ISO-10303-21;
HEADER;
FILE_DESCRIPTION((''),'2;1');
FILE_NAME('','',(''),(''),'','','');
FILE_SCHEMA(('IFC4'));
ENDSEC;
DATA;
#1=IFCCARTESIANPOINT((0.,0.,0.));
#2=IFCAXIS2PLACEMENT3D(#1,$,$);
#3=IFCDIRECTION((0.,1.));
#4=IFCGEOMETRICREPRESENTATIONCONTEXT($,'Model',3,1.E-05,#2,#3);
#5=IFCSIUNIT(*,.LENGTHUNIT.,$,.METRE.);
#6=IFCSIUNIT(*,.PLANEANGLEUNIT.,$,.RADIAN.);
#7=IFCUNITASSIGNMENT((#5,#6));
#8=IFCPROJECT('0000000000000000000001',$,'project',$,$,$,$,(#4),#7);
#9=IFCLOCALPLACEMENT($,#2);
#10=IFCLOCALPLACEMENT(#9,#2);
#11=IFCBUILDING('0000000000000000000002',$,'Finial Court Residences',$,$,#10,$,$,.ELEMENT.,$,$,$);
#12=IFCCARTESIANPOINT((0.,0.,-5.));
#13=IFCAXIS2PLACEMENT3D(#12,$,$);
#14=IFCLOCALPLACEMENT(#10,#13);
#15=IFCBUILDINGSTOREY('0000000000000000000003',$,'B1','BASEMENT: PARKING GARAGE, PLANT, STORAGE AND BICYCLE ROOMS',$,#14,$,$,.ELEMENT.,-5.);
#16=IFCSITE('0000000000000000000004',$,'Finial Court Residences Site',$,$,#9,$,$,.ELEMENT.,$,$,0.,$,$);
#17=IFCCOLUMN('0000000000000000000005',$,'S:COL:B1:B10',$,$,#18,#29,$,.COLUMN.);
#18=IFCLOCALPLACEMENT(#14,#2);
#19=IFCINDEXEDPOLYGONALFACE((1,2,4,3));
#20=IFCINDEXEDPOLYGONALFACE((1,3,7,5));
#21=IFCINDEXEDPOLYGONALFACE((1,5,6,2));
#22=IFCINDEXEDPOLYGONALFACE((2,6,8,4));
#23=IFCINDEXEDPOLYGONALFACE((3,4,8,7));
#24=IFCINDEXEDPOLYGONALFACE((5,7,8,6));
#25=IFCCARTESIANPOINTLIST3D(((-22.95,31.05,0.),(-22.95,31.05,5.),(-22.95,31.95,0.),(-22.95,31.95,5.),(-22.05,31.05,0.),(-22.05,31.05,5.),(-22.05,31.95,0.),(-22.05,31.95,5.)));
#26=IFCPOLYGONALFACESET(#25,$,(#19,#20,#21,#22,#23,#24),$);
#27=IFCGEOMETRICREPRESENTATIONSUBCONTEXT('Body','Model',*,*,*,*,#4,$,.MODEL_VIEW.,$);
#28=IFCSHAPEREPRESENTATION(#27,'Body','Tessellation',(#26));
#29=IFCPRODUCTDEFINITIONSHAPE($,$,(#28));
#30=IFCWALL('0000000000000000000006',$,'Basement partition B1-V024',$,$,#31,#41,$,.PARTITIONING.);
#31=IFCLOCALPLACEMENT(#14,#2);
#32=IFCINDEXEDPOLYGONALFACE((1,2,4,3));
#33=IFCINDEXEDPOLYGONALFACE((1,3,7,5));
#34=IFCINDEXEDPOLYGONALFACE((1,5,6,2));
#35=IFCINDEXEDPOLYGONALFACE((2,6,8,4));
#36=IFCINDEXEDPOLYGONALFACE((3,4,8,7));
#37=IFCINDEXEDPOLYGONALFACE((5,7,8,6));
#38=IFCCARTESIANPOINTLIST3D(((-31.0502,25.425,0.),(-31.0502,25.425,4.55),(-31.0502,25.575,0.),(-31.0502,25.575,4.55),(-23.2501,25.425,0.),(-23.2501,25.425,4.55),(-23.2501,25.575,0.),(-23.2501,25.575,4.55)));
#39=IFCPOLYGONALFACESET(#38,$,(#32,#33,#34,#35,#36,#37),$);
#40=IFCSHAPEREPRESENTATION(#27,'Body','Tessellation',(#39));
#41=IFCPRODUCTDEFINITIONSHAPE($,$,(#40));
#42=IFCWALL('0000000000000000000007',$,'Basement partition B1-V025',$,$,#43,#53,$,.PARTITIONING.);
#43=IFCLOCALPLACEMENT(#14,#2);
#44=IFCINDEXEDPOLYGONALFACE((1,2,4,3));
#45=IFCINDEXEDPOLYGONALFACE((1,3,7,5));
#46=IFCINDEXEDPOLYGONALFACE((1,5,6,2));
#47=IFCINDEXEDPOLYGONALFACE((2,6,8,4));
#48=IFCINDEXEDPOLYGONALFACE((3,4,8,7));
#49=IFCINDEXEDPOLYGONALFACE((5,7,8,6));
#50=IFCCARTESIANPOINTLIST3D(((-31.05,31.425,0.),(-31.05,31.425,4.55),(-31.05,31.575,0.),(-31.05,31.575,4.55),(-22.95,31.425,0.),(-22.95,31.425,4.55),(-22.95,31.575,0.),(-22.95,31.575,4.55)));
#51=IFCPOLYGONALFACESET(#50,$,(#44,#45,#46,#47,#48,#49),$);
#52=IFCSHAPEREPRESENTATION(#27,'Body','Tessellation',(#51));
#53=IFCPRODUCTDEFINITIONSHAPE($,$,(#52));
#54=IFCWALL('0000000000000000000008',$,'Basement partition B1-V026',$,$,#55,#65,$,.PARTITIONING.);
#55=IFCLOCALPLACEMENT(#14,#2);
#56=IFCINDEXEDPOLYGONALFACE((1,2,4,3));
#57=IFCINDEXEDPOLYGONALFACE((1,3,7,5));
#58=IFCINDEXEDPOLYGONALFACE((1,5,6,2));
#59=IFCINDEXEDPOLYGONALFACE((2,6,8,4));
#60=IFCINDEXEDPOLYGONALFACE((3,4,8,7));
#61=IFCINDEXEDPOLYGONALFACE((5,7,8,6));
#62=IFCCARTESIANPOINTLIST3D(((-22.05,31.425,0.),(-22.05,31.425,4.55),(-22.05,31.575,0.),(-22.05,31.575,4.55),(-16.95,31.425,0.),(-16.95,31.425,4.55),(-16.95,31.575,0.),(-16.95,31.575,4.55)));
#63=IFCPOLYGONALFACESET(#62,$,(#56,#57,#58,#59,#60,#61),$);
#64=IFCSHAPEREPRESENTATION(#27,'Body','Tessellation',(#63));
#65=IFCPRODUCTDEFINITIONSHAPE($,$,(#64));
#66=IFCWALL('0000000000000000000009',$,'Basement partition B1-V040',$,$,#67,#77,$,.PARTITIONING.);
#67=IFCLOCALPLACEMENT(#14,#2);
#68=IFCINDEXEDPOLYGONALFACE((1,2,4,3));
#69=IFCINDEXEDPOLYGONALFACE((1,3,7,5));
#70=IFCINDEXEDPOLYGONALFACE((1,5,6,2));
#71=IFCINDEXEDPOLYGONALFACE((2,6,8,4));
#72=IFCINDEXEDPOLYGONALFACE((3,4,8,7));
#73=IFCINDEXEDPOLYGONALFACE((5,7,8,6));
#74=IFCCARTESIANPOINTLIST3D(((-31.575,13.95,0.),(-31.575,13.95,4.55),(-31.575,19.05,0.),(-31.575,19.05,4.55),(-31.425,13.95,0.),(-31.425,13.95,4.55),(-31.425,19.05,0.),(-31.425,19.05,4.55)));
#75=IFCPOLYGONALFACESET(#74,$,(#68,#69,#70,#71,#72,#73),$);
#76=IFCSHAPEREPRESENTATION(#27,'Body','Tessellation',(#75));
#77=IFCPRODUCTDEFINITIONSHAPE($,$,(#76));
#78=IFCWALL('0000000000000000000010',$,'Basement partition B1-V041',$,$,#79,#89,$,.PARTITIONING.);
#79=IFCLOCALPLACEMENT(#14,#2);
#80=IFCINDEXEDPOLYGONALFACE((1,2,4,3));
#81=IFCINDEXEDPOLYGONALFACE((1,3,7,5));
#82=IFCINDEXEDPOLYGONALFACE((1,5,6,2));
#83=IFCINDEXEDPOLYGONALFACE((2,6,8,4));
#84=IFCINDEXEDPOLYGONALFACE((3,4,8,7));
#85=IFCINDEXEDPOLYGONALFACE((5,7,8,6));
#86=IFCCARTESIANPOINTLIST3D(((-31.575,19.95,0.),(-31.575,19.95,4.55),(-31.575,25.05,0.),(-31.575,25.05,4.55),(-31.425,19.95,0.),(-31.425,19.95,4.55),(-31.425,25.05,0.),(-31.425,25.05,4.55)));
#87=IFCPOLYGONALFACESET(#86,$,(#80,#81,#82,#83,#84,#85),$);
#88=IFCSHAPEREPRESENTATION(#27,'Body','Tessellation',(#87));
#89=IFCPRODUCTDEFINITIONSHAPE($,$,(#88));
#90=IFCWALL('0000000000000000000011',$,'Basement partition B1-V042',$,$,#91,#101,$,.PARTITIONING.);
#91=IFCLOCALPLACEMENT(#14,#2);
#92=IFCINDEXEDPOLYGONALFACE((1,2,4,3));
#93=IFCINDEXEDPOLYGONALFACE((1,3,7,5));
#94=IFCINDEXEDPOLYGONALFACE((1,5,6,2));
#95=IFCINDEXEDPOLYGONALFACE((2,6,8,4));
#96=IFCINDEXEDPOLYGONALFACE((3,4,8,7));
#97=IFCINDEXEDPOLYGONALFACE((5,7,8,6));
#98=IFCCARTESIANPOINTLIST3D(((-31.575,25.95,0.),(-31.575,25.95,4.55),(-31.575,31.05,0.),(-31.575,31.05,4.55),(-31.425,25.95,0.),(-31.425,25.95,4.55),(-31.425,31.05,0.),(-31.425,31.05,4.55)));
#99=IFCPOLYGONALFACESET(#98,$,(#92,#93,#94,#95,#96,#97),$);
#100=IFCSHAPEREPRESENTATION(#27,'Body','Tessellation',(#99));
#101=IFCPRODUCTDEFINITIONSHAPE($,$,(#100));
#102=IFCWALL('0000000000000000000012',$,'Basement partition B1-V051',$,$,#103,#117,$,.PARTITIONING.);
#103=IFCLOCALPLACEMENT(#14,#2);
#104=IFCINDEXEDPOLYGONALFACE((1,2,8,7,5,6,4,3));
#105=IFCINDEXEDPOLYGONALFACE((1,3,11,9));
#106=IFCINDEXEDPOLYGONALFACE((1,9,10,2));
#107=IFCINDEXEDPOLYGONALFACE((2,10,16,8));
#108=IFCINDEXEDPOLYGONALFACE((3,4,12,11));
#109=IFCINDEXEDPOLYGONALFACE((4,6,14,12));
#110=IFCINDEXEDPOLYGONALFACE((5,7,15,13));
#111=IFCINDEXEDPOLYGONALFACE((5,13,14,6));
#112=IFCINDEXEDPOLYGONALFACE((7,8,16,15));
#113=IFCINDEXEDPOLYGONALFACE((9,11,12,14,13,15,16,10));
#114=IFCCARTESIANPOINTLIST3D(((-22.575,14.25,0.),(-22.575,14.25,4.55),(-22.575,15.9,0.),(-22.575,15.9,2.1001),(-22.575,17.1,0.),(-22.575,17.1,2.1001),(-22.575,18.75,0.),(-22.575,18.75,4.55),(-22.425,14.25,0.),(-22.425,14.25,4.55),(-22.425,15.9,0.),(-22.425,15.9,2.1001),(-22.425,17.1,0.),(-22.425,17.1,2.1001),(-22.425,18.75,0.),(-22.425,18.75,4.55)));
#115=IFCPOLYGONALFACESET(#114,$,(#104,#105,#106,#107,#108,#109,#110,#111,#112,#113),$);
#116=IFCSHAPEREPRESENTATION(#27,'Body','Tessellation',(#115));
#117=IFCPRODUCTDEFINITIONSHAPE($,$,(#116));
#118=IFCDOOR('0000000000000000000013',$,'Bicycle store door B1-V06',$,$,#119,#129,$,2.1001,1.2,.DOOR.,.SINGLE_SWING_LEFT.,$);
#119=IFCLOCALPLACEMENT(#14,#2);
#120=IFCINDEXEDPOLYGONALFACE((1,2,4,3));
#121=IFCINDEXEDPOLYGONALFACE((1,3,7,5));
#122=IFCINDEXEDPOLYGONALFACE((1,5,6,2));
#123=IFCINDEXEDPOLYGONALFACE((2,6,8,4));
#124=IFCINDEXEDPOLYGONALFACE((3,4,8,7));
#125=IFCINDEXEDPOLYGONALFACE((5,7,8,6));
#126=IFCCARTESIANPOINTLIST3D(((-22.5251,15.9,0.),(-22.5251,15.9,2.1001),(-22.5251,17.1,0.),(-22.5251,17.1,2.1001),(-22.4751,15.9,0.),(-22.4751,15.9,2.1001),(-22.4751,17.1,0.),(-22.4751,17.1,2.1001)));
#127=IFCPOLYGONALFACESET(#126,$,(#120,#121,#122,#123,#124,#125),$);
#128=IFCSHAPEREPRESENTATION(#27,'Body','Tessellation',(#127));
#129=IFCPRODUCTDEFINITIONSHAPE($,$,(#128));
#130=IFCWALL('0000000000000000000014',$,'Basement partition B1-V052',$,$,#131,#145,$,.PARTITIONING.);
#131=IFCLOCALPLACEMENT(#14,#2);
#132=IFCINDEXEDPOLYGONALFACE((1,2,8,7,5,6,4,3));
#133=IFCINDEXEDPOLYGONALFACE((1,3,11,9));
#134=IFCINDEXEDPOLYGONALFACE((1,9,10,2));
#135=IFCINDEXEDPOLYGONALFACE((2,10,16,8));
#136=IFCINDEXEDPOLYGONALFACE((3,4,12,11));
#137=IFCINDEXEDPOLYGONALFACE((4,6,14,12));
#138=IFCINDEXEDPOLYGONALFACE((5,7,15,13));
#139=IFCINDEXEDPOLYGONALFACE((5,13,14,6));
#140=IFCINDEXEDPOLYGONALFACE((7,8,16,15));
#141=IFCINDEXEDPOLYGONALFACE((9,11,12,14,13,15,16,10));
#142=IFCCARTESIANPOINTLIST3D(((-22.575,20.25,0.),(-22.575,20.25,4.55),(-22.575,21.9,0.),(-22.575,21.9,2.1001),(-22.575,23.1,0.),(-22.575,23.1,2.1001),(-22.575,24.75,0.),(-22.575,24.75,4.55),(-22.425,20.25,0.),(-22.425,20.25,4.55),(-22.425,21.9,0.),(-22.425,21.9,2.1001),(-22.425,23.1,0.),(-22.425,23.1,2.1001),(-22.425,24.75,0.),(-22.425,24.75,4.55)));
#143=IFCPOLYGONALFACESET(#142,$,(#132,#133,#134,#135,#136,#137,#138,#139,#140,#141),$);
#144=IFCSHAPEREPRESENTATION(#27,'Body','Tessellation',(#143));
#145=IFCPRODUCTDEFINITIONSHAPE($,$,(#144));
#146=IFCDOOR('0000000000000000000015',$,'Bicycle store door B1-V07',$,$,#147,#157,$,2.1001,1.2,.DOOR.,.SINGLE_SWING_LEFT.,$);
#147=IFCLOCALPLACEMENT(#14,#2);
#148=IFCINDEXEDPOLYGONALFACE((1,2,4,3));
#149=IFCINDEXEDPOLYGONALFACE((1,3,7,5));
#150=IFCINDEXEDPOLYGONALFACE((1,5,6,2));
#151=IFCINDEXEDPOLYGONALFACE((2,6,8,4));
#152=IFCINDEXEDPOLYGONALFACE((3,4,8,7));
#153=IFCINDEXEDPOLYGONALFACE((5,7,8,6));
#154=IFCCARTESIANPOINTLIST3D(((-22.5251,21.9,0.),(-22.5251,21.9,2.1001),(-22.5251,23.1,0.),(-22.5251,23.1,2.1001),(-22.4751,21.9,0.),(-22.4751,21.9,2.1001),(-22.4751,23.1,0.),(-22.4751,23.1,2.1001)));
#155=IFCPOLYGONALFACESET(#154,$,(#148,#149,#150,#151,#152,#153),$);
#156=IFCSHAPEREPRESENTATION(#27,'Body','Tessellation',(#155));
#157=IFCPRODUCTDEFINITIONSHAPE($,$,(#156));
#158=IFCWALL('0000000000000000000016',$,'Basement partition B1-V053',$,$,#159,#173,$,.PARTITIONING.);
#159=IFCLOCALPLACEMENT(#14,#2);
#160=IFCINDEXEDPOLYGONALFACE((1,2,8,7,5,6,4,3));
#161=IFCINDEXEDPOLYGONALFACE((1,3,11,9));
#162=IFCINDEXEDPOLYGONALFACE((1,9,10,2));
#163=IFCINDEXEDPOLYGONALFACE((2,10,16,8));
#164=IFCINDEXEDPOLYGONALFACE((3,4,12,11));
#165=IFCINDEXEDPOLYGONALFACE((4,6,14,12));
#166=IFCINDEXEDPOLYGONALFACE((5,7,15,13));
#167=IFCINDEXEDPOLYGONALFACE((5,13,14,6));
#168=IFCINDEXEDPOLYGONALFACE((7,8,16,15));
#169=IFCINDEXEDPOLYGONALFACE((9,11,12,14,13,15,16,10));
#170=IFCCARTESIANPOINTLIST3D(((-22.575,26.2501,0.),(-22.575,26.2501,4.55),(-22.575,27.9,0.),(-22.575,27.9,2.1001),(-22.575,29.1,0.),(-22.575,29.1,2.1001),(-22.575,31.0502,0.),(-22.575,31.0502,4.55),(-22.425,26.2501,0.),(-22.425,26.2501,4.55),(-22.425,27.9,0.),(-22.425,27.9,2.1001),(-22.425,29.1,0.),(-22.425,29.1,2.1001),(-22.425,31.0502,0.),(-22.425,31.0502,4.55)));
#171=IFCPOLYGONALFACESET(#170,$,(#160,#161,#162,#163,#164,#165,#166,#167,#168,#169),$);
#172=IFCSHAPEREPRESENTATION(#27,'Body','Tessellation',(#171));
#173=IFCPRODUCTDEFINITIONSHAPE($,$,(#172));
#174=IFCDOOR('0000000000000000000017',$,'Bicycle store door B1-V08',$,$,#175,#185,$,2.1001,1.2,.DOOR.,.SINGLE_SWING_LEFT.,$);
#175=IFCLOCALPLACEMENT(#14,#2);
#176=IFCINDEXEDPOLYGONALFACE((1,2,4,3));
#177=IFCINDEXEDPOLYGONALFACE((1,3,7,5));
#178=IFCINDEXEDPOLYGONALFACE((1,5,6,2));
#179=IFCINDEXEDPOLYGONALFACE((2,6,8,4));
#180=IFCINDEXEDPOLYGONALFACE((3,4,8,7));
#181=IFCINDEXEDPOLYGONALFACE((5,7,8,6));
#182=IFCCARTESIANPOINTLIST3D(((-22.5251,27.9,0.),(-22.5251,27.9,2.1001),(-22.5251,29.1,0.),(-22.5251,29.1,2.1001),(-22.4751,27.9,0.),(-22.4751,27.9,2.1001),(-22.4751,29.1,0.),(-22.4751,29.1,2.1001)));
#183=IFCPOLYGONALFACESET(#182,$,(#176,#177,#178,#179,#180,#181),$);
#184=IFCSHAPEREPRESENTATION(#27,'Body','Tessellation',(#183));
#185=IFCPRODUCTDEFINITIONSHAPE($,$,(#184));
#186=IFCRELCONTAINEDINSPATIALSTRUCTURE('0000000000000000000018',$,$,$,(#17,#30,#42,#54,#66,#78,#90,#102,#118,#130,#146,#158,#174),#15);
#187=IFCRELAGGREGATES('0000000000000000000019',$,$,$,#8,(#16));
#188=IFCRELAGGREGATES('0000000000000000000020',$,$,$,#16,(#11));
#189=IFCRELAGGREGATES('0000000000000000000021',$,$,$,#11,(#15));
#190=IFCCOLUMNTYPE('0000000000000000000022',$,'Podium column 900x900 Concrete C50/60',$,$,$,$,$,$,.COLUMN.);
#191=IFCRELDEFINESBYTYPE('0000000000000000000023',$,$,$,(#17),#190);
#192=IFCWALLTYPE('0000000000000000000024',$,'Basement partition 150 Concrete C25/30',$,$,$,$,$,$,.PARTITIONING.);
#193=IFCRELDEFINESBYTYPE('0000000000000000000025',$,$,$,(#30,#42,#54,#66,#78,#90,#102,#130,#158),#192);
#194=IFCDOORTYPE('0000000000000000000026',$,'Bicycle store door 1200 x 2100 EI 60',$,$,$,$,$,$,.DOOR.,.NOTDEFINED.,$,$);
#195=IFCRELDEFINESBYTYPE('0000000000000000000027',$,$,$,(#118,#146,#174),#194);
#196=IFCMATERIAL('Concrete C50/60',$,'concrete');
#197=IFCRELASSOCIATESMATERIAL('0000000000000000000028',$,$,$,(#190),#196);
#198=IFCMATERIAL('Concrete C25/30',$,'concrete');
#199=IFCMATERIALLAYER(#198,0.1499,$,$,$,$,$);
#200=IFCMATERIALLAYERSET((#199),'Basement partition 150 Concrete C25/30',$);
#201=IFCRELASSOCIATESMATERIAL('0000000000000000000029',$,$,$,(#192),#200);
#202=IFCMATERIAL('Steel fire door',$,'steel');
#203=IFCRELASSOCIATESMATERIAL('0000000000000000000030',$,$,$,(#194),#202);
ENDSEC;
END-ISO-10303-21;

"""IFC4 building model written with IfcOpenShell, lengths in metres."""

from ifc_helpers import new_model, si_unit, direction, frame, frame_2d, origin, origin_2d, place, context, subcontext, project, spatial, rectangle, extrude, material, layer, layer_set, material_profile, profile_set, type_object, element, fill, save


model = new_model("IFC4")

# Units and contexts
model_context = context("Model", 3, precision=1e-05, world=origin(), true_north=direction((0.0, 1.0)))
body_context = subcontext(model_context, "Body", "Model", "MODEL_VIEW")
ifc_project = project(units=[si_unit("LENGTHUNIT", "METRE"), si_unit("PLANEANGLEUNIT", "RADIAN")], contexts=[model_context])

# Site, building, storey
site_placement = place(None, origin())
site = spatial("IfcSite", under=ifc_project, at=site_placement, Name="Finial Court Residences Site", CompositionType="ELEMENT", RefElevation=0.0)
building_placement = place(site_placement, origin())
building = spatial("IfcBuilding", under=site, at=building_placement, Name="Finial Court Residences", CompositionType="ELEMENT")
storey_placement = place(building_placement, frame((0.0, 0.0, -5.0)))
storey = spatial("IfcBuildingStorey", under=building, at=storey_placement, Name="B1", Description="BASEMENT: PARKING GARAGE, PLANT, STORAGE AND BICYCLE ROOMS", CompositionType="ELEMENT", Elevation=-5.0)

# Column
ifc_material_1 = material(Name="Concrete C50/60", Category="concrete")
ifc_material_profile_1 = material_profile(ifc_material_1, rectangle(XDim=0.8999, YDim=0.8999, at=origin_2d()), Name="900x900")
ifc_profile_set_1 = profile_set([ifc_material_profile_1], Name="Concrete C50/60")
column_type_1 = type_object("IfcColumnType", Name="Podium column 900x900 Concrete C50/60", PredefinedType="COLUMN", material=ifc_profile_set_1)
for number, where, z_axis, x_axis, name in (
    (1, (-22.5, 31.5, 0.0), (0.0, 0.0, 1.0), (1.0, 0.0, 0.0), "S:COL:B1:B10"),
):
    element("IfcColumn", number, at=place(storey_placement, frame(where, z_axis=z_axis, x_axis=x_axis)), inside=storey, type_object=column_type_1, Name=name, PredefinedType="COLUMN", context=body_context, shape_type="SweptSolid", body=[
        extrude(rectangle(XDim=0.8999, YDim=0.8999, at=origin_2d()), origin(), (0.0, 0.0, 1.0), 5.0),
    ])

# Walls
ifc_material_2 = material(Name="Concrete C25/30", Category="concrete")
ifc_layer_1 = layer(ifc_material_2, 0.1499)
ifc_layer_set_1 = layer_set([ifc_layer_1], Name="Basement partition 150 Concrete C25/30")
wall_type_1 = type_object("IfcWallType", Name="Basement partition 150 Concrete C25/30", PredefinedType="PARTITIONING", material=ifc_layer_set_1)
wall_1_placement = place(storey_placement, frame((-31.05, 25.5, 0.0), z_axis=(0.0, 0.0, 1.0), x_axis=(1.0, 0.0, 0.0)))
element("IfcWall", 2, at=wall_1_placement, inside=storey, type_object=wall_type_1, Name="Basement partition B1-V024", PredefinedType="PARTITIONING", context=body_context, shape_type="SweptSolid", body=[
    extrude(rectangle(XDim=7.8, YDim=0.1499, at=frame_2d((3.8999, 0.0))), origin(), (0.0, 0.0, 1.0), 4.55),
])
wall_2_placement = place(storey_placement, frame((-31.05, 31.5, 0.0), z_axis=(0.0, 0.0, 1.0), x_axis=(1.0, 0.0, 0.0)))
element("IfcWall", 3, at=wall_2_placement, inside=storey, type_object=wall_type_1, Name="Basement partition B1-V025", PredefinedType="PARTITIONING", context=body_context, shape_type="SweptSolid", body=[
    extrude(rectangle(XDim=8.1001, YDim=0.1499, at=frame_2d((4.05, 0.0))), origin(), (0.0, 0.0, 1.0), 4.55),
])
for number, where, z_axis, x_axis, name in (
    (4, (-22.05, 31.5, 0.0), (0.0, 0.0, 1.0), (1.0, 0.0, 0.0), "Basement partition B1-V026"),
    (5, (-31.5, 13.95, 0.0), (0.0, 0.0, 1.0), (0.0, 1.0, 0.0), "Basement partition B1-V040"),
    (6, (-31.5, 19.95, 0.0), (0.0, 0.0, 1.0), (0.0, 1.0, 0.0), "Basement partition B1-V041"),
    (7, (-31.5, 25.95, 0.0), (0.0, 0.0, 1.0), (0.0, 1.0, 0.0), "Basement partition B1-V042"),
):
    element("IfcWall", number, at=place(storey_placement, frame(where, z_axis=z_axis, x_axis=x_axis)), inside=storey, type_object=wall_type_1, Name=name, PredefinedType="PARTITIONING", context=body_context, shape_type="SweptSolid", body=[
        extrude(rectangle(XDim=5.1001, YDim=0.1499, at=frame_2d((2.55, 0.0))), origin(), (0.0, 0.0, 1.0), 4.55),
    ])

# Walls, openings, doors
wall_3_placement = place(storey_placement, frame((-22.5, 18.75, 0.0), z_axis=(0.0, 0.0, 1.0), x_axis=(0.0, -1.0, 0.0)))
wall_3 = element("IfcWall", 8, at=wall_3_placement, inside=storey, type_object=wall_type_1, Name="Basement partition B1-V051", PredefinedType="PARTITIONING", context=body_context, shape_type="SweptSolid", body=[
    extrude(rectangle(XDim=4.5, YDim=0.1499, at=frame_2d((2.25, 0.0))), origin(), (0.0, 0.0, 1.0), 4.55),
])
opening_1_placement = place(wall_3_placement, frame((1.6499, 0.0, 0.0)))
opening_1 = element("IfcOpeningElement", 9, at=opening_1_placement, cuts=wall_3, PredefinedType="OPENING", context=body_context, shape_type="SweptSolid", body=[
    extrude(rectangle(XDim=1.2, YDim=2.1001, at=frame_2d((0.6001, 1.05))), frame((0.0, 0.085, 0.0), z_axis=(0.0, -1.0, 0.0), x_axis=(1.0, 0.0, 0.0)), (0.0, 0.0, 1.0), 0.1699),
])
ifc_material_3 = material(Name="Steel fire door", Category="steel")
door_type = type_object("IfcDoorType", Name="Bicycle store door 1200 x 2100 EI 60", OperationType="NOTDEFINED", PredefinedType="DOOR", material=ifc_material_3)
door_1_placement = place(opening_1_placement, origin())
door_1 = element("IfcDoor", 10, at=door_1_placement, inside=storey, type_object=door_type, Name="Bicycle store door B1-V06", OperationType="SINGLE_SWING_LEFT", OverallHeight=2.1001, OverallWidth=1.2, PredefinedType="DOOR", context=body_context, shape_type="SweptSolid", body=[
    extrude(rectangle(XDim=1.2, YDim=2.1001, at=frame_2d((0.6001, 1.05))), frame((0.0, 0.0249, 0.0), z_axis=(0.0, -1.0, 0.0), x_axis=(1.0, 0.0, 0.0)), (0.0, 0.0, 1.0), 0.05),
])
fill(opening_1, door_1)
wall_4_placement = place(storey_placement, frame((-22.5, 24.75, 0.0), z_axis=(0.0, 0.0, 1.0), x_axis=(0.0, -1.0, 0.0)))
wall_4 = element("IfcWall", 11, at=wall_4_placement, inside=storey, type_object=wall_type_1, Name="Basement partition B1-V052", PredefinedType="PARTITIONING", context=body_context, shape_type="SweptSolid", body=[
    extrude(rectangle(XDim=4.5, YDim=0.1499, at=frame_2d((2.25, 0.0))), origin(), (0.0, 0.0, 1.0), 4.55),
])
opening_2_placement = place(wall_4_placement, frame((1.6499, 0.0, 0.0)))
opening_2 = element("IfcOpeningElement", 12, at=opening_2_placement, cuts=wall_4, PredefinedType="OPENING", context=body_context, shape_type="SweptSolid", body=[
    extrude(rectangle(XDim=1.2, YDim=2.1001, at=frame_2d((0.6001, 1.05))), frame((0.0, 0.085, 0.0), z_axis=(0.0, -1.0, 0.0), x_axis=(1.0, 0.0, 0.0)), (0.0, 0.0, 1.0), 0.1699),
])
door_2_placement = place(opening_2_placement, origin())
door_2 = element("IfcDoor", 13, at=door_2_placement, inside=storey, type_object=door_type, Name="Bicycle store door B1-V07", OperationType="SINGLE_SWING_LEFT", OverallHeight=2.1001, OverallWidth=1.2, PredefinedType="DOOR", context=body_context, shape_type="SweptSolid", body=[
    extrude(rectangle(XDim=1.2, YDim=2.1001, at=frame_2d((0.6001, 1.05))), frame((0.0, 0.0249, 0.0), z_axis=(0.0, -1.0, 0.0), x_axis=(1.0, 0.0, 0.0)), (0.0, 0.0, 1.0), 0.05),
])
fill(opening_2, door_2)
wall_5_placement = place(storey_placement, frame((-22.5, 31.05, 0.0), z_axis=(0.0, 0.0, 1.0), x_axis=(0.0, -1.0, 0.0)))
wall_5 = element("IfcWall", 14, at=wall_5_placement, inside=storey, type_object=wall_type_1, Name="Basement partition B1-V053", PredefinedType="PARTITIONING", context=body_context, shape_type="SweptSolid", body=[
    extrude(rectangle(XDim=4.8, YDim=0.1499, at=frame_2d((2.3999, 0.0))), origin(), (0.0, 0.0, 1.0), 4.55),
])
opening_3_placement = place(wall_5_placement, frame((1.95, 0.0, 0.0)))
opening_3 = element("IfcOpeningElement", 15, at=opening_3_placement, cuts=wall_5, PredefinedType="OPENING", context=body_context, shape_type="SweptSolid", body=[
    extrude(rectangle(XDim=1.2, YDim=2.1001, at=frame_2d((0.6001, 1.05))), frame((0.0, 0.085, 0.0), z_axis=(0.0, -1.0, 0.0), x_axis=(1.0, 0.0, 0.0)), (0.0, 0.0, 1.0), 0.1699),
])
door_3_placement = place(opening_3_placement, origin())
door_3 = element("IfcDoor", 16, at=door_3_placement, inside=storey, type_object=door_type, Name="Bicycle store door B1-V08", OperationType="SINGLE_SWING_LEFT", OverallHeight=2.1001, OverallWidth=1.2, PredefinedType="DOOR", context=body_context, shape_type="SweptSolid", body=[
    extrude(rectangle(XDim=1.2, YDim=2.1001, at=frame_2d((0.6001, 1.05))), frame((0.0, 0.0249, 0.0), z_axis=(0.0, -1.0, 0.0), x_axis=(1.0, 0.0, 0.0)), (0.0, 0.0, 1.0), 0.05),
])
fill(opening_3, door_3)

save(model, "model.ifc")
